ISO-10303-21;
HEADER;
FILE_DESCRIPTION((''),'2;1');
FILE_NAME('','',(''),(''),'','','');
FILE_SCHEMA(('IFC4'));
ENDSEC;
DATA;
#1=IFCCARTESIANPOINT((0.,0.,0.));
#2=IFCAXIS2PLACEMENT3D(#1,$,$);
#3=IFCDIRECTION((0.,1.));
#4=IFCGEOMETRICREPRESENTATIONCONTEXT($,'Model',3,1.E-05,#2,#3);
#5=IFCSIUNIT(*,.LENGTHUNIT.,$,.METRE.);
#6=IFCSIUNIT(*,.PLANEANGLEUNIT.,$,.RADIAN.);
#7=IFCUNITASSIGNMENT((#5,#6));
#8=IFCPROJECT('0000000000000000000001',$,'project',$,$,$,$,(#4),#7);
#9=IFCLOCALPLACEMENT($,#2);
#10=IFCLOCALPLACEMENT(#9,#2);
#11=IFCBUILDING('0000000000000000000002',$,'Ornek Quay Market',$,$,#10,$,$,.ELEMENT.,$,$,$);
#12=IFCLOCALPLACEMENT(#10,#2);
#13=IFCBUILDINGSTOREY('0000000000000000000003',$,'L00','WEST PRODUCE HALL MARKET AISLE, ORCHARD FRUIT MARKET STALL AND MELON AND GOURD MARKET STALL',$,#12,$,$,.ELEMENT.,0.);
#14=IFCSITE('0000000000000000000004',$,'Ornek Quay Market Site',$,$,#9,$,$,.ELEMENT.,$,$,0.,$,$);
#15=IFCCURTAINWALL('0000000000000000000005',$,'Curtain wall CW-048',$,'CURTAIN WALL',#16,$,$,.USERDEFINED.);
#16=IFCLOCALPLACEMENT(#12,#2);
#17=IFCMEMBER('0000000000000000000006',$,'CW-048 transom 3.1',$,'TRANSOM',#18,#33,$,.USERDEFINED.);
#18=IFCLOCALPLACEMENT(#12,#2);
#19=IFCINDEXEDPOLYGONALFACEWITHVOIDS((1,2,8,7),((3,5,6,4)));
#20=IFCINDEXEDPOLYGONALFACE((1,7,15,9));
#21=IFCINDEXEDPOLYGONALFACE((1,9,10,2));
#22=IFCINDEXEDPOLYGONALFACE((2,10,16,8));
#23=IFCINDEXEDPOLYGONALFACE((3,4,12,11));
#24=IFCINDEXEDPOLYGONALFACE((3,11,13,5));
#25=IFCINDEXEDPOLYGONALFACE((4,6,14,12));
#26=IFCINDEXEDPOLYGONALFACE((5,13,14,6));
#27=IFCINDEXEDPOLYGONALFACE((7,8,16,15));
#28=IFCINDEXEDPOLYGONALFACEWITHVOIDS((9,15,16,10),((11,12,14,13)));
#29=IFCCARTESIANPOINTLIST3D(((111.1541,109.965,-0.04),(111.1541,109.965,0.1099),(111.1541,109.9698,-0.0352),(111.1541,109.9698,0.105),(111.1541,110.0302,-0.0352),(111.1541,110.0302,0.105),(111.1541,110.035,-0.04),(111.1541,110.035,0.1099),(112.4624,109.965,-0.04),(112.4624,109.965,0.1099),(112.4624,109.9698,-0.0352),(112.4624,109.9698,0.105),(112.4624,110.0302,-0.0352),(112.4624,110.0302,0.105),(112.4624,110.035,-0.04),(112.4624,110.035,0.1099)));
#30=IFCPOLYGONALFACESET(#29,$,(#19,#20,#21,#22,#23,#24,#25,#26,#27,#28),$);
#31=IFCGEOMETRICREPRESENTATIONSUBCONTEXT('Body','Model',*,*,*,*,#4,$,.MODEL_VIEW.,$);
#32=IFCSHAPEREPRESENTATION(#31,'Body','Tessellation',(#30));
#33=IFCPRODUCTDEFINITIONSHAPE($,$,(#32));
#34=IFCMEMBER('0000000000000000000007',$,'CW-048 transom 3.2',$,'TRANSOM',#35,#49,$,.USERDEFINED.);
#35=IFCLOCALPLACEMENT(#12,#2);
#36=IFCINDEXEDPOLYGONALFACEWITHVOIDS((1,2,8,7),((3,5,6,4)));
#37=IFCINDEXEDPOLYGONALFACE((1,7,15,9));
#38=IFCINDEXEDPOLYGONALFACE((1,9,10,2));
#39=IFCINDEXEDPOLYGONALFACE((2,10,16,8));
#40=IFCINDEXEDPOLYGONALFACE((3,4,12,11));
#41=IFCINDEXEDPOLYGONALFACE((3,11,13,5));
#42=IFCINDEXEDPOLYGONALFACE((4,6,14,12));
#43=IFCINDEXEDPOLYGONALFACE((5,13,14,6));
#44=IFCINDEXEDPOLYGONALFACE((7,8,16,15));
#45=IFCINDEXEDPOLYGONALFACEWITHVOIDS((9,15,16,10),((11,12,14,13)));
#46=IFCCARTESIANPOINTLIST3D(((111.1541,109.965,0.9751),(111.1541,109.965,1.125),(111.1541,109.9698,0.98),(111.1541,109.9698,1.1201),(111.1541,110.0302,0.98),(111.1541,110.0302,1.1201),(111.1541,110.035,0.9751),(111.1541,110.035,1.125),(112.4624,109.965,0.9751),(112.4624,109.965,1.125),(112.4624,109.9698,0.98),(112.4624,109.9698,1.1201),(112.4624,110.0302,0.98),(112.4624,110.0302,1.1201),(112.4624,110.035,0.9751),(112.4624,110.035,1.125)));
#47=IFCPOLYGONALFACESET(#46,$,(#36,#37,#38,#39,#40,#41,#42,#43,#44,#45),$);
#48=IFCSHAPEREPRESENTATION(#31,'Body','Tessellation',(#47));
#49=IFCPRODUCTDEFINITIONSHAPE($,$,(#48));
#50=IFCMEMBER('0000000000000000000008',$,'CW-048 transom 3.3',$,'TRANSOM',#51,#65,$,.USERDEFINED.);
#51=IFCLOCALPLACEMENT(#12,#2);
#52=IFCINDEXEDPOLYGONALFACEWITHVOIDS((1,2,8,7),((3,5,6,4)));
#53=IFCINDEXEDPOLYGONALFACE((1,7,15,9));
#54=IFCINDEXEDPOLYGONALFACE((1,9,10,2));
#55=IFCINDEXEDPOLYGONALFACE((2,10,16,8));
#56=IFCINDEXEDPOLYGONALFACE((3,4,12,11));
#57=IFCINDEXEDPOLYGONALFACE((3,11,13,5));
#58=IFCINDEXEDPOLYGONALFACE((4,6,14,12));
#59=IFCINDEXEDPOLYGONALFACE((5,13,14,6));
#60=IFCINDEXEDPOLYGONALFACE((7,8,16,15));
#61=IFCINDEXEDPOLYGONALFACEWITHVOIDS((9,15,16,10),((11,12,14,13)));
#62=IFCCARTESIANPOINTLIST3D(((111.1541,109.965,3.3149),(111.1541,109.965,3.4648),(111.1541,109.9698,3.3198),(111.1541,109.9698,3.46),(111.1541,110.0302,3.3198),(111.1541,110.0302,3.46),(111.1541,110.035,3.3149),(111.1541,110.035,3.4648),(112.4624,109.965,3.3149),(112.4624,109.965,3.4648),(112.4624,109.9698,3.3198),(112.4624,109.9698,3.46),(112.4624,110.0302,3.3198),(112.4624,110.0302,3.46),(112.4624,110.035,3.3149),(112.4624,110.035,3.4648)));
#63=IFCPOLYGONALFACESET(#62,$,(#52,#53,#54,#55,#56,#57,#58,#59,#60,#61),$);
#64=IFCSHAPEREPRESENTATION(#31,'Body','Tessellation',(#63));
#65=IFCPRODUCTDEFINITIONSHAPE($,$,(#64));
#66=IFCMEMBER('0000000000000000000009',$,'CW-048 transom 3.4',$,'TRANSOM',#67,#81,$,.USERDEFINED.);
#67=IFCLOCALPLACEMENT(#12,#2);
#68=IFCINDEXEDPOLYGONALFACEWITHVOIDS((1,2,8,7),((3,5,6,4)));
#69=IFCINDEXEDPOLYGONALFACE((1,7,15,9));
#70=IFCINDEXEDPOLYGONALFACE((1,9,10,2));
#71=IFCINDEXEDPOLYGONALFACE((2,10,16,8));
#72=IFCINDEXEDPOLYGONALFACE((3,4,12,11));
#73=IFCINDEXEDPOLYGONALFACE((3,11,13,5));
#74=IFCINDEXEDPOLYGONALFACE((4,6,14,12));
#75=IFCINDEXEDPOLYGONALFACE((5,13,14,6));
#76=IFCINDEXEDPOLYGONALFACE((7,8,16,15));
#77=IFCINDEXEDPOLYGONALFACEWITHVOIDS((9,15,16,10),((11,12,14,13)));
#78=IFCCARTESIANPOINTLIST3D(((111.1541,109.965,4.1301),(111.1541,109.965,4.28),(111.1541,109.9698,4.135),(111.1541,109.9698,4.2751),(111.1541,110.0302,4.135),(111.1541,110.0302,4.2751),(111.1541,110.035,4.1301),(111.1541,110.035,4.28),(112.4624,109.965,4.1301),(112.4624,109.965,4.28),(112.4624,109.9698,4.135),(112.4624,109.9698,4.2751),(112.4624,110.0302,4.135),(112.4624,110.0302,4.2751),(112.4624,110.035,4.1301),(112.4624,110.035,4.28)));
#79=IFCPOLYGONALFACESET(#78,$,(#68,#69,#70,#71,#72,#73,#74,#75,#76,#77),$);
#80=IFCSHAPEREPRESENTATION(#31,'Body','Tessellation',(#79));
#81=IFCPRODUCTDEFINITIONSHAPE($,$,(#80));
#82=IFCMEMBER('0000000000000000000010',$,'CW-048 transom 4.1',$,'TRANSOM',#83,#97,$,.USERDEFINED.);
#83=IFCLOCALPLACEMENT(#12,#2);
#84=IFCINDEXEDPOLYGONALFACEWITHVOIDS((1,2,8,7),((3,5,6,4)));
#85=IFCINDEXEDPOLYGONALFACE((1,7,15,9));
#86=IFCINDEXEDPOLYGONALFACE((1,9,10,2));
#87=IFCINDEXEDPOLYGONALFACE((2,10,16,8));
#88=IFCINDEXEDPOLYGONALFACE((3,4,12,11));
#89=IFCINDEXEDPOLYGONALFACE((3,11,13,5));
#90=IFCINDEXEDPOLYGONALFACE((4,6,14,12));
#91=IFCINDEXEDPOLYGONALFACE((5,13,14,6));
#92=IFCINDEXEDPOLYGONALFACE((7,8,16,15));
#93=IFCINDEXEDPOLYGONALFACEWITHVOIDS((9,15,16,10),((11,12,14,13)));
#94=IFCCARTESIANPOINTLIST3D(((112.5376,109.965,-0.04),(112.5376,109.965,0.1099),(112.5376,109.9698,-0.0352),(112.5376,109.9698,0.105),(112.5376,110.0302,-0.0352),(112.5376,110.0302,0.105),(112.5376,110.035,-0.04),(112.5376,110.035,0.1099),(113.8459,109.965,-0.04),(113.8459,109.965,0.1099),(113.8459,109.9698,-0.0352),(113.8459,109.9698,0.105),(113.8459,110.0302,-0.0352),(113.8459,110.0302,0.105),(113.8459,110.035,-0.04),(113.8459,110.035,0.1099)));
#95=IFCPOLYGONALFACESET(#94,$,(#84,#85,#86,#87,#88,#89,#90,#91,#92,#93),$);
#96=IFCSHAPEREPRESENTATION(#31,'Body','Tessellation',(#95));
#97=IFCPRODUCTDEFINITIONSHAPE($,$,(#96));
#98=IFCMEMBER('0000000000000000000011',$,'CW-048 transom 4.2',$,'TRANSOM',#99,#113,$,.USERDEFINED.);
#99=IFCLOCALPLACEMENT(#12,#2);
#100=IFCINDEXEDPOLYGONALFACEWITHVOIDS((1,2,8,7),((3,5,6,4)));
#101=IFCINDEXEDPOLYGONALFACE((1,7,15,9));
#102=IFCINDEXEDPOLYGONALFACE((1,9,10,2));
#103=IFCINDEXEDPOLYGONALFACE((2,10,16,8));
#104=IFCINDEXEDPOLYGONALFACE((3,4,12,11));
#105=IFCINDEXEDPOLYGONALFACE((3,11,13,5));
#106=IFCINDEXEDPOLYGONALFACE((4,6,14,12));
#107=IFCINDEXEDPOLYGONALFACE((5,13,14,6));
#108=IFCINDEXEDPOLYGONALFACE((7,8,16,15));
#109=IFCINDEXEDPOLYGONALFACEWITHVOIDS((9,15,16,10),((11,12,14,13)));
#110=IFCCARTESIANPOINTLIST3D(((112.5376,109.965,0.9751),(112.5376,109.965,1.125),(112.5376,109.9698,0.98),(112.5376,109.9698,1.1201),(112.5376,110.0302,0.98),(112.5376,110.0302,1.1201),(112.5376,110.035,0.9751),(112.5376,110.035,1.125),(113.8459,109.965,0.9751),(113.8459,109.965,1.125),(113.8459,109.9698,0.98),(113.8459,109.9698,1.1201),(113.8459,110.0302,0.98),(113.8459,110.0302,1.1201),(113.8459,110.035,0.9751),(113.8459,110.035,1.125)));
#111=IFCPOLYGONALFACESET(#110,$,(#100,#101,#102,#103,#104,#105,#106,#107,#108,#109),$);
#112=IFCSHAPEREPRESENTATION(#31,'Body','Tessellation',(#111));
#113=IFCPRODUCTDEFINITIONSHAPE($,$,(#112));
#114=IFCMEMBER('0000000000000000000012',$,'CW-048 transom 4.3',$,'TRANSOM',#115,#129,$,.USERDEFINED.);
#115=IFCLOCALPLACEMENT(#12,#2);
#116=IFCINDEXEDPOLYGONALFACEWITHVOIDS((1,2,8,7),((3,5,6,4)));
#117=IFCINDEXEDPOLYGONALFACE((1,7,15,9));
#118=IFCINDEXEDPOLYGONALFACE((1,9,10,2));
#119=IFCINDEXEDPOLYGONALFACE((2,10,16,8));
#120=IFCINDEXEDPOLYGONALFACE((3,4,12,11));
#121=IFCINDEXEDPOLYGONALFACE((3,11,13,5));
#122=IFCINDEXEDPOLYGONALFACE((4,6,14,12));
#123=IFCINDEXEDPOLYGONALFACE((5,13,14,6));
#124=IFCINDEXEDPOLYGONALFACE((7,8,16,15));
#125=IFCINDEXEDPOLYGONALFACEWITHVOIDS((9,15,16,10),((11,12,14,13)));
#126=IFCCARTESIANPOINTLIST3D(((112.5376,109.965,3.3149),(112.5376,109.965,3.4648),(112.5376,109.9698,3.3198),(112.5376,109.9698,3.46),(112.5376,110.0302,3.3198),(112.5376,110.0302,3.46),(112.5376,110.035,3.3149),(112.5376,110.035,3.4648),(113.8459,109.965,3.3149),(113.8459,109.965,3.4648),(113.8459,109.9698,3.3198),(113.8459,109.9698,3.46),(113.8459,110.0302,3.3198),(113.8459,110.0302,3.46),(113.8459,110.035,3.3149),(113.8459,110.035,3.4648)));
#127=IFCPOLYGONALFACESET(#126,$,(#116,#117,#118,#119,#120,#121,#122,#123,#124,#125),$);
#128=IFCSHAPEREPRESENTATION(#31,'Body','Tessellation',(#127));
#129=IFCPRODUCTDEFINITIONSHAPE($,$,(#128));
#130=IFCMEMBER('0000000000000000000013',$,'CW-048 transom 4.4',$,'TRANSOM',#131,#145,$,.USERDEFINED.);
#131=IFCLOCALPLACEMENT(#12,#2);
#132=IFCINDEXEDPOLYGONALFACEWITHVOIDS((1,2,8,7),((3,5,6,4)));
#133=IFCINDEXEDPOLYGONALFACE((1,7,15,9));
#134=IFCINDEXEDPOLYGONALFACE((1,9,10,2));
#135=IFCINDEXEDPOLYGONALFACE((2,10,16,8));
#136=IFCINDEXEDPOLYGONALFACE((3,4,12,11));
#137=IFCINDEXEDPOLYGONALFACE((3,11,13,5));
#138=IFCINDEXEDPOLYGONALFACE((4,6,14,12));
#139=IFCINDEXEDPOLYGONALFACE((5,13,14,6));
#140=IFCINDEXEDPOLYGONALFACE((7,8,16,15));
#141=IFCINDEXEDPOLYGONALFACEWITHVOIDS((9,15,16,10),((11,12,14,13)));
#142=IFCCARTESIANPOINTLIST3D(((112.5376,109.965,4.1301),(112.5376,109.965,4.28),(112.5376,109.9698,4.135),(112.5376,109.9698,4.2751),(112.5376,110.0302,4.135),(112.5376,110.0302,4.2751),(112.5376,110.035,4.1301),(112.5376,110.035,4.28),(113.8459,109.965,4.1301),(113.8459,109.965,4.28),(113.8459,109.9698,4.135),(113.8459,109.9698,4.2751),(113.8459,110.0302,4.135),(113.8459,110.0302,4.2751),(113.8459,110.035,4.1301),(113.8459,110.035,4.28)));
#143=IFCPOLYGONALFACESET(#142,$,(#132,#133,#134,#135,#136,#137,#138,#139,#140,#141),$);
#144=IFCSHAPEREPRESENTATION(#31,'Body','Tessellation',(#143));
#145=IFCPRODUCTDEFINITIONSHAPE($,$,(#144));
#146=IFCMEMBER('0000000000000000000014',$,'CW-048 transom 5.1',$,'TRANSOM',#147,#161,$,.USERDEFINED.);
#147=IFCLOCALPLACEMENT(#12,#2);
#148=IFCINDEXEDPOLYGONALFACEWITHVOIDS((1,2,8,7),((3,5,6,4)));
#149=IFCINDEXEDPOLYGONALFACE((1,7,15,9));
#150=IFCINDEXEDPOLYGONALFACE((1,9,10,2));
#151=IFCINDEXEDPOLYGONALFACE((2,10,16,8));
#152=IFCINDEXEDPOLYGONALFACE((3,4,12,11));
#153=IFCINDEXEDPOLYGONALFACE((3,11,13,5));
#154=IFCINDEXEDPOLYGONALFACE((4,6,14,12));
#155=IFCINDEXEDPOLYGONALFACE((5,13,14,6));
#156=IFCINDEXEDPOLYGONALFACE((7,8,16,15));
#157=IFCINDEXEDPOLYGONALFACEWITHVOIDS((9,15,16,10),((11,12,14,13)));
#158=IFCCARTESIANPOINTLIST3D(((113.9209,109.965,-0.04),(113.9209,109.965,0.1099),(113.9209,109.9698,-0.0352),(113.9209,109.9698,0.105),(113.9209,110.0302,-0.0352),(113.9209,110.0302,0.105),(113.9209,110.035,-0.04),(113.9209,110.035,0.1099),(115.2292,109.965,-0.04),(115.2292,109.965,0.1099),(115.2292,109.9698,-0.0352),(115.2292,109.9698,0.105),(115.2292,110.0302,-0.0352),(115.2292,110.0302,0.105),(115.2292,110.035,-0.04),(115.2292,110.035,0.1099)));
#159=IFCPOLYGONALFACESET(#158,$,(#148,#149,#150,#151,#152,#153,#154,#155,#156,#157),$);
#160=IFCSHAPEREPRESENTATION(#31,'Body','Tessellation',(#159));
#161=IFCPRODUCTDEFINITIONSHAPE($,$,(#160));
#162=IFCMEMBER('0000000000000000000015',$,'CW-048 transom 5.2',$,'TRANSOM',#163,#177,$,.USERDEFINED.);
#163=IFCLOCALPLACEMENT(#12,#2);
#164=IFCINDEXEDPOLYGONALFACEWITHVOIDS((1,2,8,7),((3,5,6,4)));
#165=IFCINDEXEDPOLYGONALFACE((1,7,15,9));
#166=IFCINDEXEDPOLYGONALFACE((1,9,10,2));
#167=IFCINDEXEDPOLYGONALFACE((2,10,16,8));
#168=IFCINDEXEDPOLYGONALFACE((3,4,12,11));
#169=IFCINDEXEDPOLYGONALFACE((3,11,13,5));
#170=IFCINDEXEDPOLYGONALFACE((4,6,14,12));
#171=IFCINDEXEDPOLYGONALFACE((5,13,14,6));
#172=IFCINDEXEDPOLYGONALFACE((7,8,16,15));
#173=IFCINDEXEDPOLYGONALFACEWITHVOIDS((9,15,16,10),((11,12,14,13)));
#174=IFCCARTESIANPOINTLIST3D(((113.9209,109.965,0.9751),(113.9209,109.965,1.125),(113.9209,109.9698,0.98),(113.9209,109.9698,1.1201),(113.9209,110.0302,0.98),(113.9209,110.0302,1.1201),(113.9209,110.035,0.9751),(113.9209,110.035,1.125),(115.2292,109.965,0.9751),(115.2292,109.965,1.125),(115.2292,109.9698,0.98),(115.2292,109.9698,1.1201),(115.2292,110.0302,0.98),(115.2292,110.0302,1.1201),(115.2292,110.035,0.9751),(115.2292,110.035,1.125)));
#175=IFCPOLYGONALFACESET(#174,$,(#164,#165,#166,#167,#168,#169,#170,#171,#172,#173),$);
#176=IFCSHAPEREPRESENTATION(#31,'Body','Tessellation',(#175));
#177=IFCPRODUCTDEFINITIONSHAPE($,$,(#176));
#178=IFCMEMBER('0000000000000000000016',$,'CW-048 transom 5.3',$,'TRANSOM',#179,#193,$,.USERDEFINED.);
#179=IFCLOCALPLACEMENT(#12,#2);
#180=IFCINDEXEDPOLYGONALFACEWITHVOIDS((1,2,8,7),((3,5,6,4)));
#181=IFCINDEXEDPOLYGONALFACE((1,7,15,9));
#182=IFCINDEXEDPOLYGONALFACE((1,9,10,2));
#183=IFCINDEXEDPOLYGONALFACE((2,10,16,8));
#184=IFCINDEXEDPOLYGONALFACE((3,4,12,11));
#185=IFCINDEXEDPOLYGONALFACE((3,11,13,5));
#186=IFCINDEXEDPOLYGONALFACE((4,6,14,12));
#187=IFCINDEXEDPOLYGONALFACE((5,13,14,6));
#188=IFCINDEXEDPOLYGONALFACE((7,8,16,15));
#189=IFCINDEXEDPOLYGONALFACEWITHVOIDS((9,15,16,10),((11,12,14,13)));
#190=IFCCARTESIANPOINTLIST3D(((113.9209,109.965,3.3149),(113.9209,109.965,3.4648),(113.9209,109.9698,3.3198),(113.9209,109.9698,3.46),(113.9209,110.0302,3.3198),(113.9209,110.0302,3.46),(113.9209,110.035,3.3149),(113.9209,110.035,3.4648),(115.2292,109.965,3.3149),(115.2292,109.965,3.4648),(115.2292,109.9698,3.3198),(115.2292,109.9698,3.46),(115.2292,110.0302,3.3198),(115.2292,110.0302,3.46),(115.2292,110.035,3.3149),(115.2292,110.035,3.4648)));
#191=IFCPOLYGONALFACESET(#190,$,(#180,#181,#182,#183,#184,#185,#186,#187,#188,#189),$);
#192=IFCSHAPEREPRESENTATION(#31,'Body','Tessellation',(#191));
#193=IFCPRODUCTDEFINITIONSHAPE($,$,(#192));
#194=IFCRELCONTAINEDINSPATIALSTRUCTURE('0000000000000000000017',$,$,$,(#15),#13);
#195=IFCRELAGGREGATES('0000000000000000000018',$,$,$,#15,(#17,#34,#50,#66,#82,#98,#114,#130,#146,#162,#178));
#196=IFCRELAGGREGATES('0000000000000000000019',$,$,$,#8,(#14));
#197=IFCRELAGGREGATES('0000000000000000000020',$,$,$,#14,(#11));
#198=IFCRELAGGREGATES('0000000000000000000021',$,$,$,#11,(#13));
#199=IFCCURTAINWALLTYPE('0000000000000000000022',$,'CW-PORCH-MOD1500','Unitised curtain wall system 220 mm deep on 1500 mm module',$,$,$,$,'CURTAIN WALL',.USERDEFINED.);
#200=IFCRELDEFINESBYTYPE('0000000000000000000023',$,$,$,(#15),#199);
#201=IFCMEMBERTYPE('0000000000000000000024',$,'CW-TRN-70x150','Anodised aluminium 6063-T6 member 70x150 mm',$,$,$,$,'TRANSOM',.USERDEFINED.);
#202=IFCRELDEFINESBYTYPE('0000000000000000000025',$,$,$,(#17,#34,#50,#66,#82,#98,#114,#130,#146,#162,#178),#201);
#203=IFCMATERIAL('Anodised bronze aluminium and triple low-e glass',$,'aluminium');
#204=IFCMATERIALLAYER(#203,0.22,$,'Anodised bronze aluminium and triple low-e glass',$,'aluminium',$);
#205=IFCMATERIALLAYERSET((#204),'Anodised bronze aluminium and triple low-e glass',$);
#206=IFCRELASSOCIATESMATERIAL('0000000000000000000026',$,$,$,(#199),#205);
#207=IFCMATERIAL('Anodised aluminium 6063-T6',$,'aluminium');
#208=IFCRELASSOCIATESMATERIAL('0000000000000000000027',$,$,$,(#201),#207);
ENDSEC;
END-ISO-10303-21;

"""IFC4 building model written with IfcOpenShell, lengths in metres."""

from ifc_helpers import new_model, si_unit, direction, frame, origin, origin_2d, place, context, subcontext, project, spatial, hollow_rectangle, extrude, material, layer, layer_set, material_profile, profile_set, type_object, element, aggregate, save


model = new_model("IFC4")

# Units and contexts
model_context = context("Model", 3, precision=1e-05, world=origin(), true_north=direction((0.0, 1.0)))
body_context = subcontext(model_context, "Body", "Model", "MODEL_VIEW")
ifc_project = project(units=[si_unit("LENGTHUNIT", "METRE"), si_unit("PLANEANGLEUNIT", "RADIAN")], contexts=[model_context])

# Site, building, storey
site_placement = place(None, origin())
site = spatial("IfcSite", under=ifc_project, at=site_placement, Name="Ornek Quay Market Site", CompositionType="ELEMENT", RefElevation=0.0)
building_placement = place(site_placement, origin())
building = spatial("IfcBuilding", under=site, at=building_placement, Name="Ornek Quay Market", CompositionType="ELEMENT")
storey_placement = place(building_placement, origin())
storey = spatial("IfcBuildingStorey", under=building, at=storey_placement, Name="L00", Description="WEST PRODUCE HALL MARKET AISLE, ORCHARD FRUIT MARKET STALL AND MELON AND GOURD MARKET STALL", CompositionType="ELEMENT", Elevation=0.0)

# Shared definitions
ifc_material_1 = material(Name="Anodised bronze aluminium and triple low-e glass", Category="aluminium")
ifc_layer_1 = layer(ifc_material_1, 0.22, Name="Anodised bronze aluminium and triple low-e glass", Category="aluminium")
ifc_layer_set_1 = layer_set([ifc_layer_1], Name="Anodised bronze aluminium and triple low-e glass")
curtain_wall_type = type_object("IfcCurtainWallType", Name="CW-PORCH-MOD1500", Description="Unitised curtain wall system 220 mm deep on 1500 mm module", ElementType="CURTAIN WALL", PredefinedType="USERDEFINED", material=ifc_layer_set_1)
ifc_material_2 = material(Name="Anodised aluminium 6063-T6", Category="aluminium")

# Curtain wall, members
curtain_wall_1_placement = place(storey_placement, origin())
curtain_wall_1 = element("IfcCurtainWall", 1, at=curtain_wall_1_placement, inside=storey, type_object=curtain_wall_type, Name="Curtain wall CW-048", ObjectType="CURTAIN WALL", PredefinedType="USERDEFINED")
ifc_material_profile_1 = material_profile(ifc_material_2, hollow_rectangle(XDim=0.0701, YDim=0.1499, WallThickness=0.0049, at=origin_2d()), Name="CW-TRN-70x150", Category="aluminium")
ifc_profile_set_1 = profile_set([ifc_material_profile_1], Name="Anodised aluminium 6063-T6")
member_type_1 = type_object("IfcMemberType", Name="CW-TRN-70x150", Description="Anodised aluminium 6063-T6 member 70x150 mm", ElementType="TRANSOM", PredefinedType="USERDEFINED", material=ifc_profile_set_1)
member_1_placement = place(storey_placement, frame((111.1541, 110.0, 0.0349), z_axis=(1.0, 0.0, 0.0), x_axis=(0.0, 1.0, 0.0)))
member_1 = element("IfcMember", 2, at=member_1_placement, type_object=member_type_1, Name="CW-048 transom 3.1", ObjectType="TRANSOM", PredefinedType="USERDEFINED", context=body_context, shape_type="SweptSolid", body=[
    extrude(hollow_rectangle(XDim=0.0701, YDim=0.1499, WallThickness=0.0049, at=origin_2d()), origin(), (0.0, 0.0, 1.0), 1.3083),
])
member_2_placement = place(storey_placement, frame((111.1541, 110.0, 1.05), z_axis=(1.0, 0.0, 0.0), x_axis=(0.0, 1.0, 0.0)))
member_2 = element("IfcMember", 3, at=member_2_placement, type_object=member_type_1, Name="CW-048 transom 3.2", ObjectType="TRANSOM", PredefinedType="USERDEFINED", context=body_context, shape_type="SweptSolid", body=[
    extrude(hollow_rectangle(XDim=0.0701, YDim=0.1499, WallThickness=0.0049, at=origin_2d()), origin(), (0.0, 0.0, 1.0), 1.3083),
])
member_3_placement = place(storey_placement, frame((111.1541, 110.0, 3.3899), z_axis=(1.0, 0.0, 0.0), x_axis=(0.0, 1.0, 0.0)))
member_3 = element("IfcMember", 4, at=member_3_placement, type_object=member_type_1, Name="CW-048 transom 3.3", ObjectType="TRANSOM", PredefinedType="USERDEFINED", context=body_context, shape_type="SweptSolid", body=[
    extrude(hollow_rectangle(XDim=0.0701, YDim=0.1499, WallThickness=0.0049, at=origin_2d()), origin(), (0.0, 0.0, 1.0), 1.3083),
])
member_4_placement = place(storey_placement, frame((111.1541, 110.0, 4.2051), z_axis=(1.0, 0.0, 0.0), x_axis=(0.0, 1.0, 0.0)))
member_4 = element("IfcMember", 5, at=member_4_placement, type_object=member_type_1, Name="CW-048 transom 3.4", ObjectType="TRANSOM", PredefinedType="USERDEFINED", context=body_context, shape_type="SweptSolid", body=[
    extrude(hollow_rectangle(XDim=0.0701, YDim=0.1499, WallThickness=0.0049, at=origin_2d()), origin(), (0.0, 0.0, 1.0), 1.3083),
])
member_5_placement = place(storey_placement, frame((112.5376, 110.0, 0.0349), z_axis=(1.0, 0.0, 0.0), x_axis=(0.0, 1.0, 0.0)))
member_5 = element("IfcMember", 6, at=member_5_placement, type_object=member_type_1, Name="CW-048 transom 4.1", ObjectType="TRANSOM", PredefinedType="USERDEFINED", context=body_context, shape_type="SweptSolid", body=[
    extrude(hollow_rectangle(XDim=0.0701, YDim=0.1499, WallThickness=0.0049, at=origin_2d()), origin(), (0.0, 0.0, 1.0), 1.3083),
])
member_6_placement = place(storey_placement, frame((112.5376, 110.0, 1.05), z_axis=(1.0, 0.0, 0.0), x_axis=(0.0, 1.0, 0.0)))
member_6 = element("IfcMember", 7, at=member_6_placement, type_object=member_type_1, Name="CW-048 transom 4.2", ObjectType="TRANSOM", PredefinedType="USERDEFINED", context=body_context, shape_type="SweptSolid", body=[
    extrude(hollow_rectangle(XDim=0.0701, YDim=0.1499, WallThickness=0.0049, at=origin_2d()), origin(), (0.0, 0.0, 1.0), 1.3083),
])
member_7_placement = place(storey_placement, frame((112.5376, 110.0, 3.3899), z_axis=(1.0, 0.0, 0.0), x_axis=(0.0, 1.0, 0.0)))
member_7 = element("IfcMember", 8, at=member_7_placement, type_object=member_type_1, Name="CW-048 transom 4.3", ObjectType="TRANSOM", PredefinedType="USERDEFINED", context=body_context, shape_type="SweptSolid", body=[
    extrude(hollow_rectangle(XDim=0.0701, YDim=0.1499, WallThickness=0.0049, at=origin_2d()), origin(), (0.0, 0.0, 1.0), 1.3083),
])
member_8_placement = place(storey_placement, frame((112.5376, 110.0, 4.2051), z_axis=(1.0, 0.0, 0.0), x_axis=(0.0, 1.0, 0.0)))
member_8 = element("IfcMember", 9, at=member_8_placement, type_object=member_type_1, Name="CW-048 transom 4.4", ObjectType="TRANSOM", PredefinedType="USERDEFINED", context=body_context, shape_type="SweptSolid", body=[
    extrude(hollow_rectangle(XDim=0.0701, YDim=0.1499, WallThickness=0.0049, at=origin_2d()), origin(), (0.0, 0.0, 1.0), 1.3083),
])
member_9_placement = place(storey_placement, frame((113.9209, 110.0, 0.0349), z_axis=(1.0, 0.0, 0.0), x_axis=(0.0, 1.0, 0.0)))
member_9 = element("IfcMember", 10, at=member_9_placement, type_object=member_type_1, Name="CW-048 transom 5.1", ObjectType="TRANSOM", PredefinedType="USERDEFINED", context=body_context, shape_type="SweptSolid", body=[
    extrude(hollow_rectangle(XDim=0.0701, YDim=0.1499, WallThickness=0.0049, at=origin_2d()), origin(), (0.0, 0.0, 1.0), 1.3083),
])
member_10_placement = place(storey_placement, frame((113.9209, 110.0, 1.05), z_axis=(1.0, 0.0, 0.0), x_axis=(0.0, 1.0, 0.0)))
member_10 = element("IfcMember", 11, at=member_10_placement, type_object=member_type_1, Name="CW-048 transom 5.2", ObjectType="TRANSOM", PredefinedType="USERDEFINED", context=body_context, shape_type="SweptSolid", body=[
    extrude(hollow_rectangle(XDim=0.0701, YDim=0.1499, WallThickness=0.0049, at=origin_2d()), origin(), (0.0, 0.0, 1.0), 1.3083),
])
member_11_placement = place(storey_placement, frame((113.9209, 110.0, 3.3899), z_axis=(1.0, 0.0, 0.0), x_axis=(0.0, 1.0, 0.0)))
member_11 = element("IfcMember", 12, at=member_11_placement, type_object=member_type_1, Name="CW-048 transom 5.3", ObjectType="TRANSOM", PredefinedType="USERDEFINED", context=body_context, shape_type="SweptSolid", body=[
    extrude(hollow_rectangle(XDim=0.0701, YDim=0.1499, WallThickness=0.0049, at=origin_2d()), origin(), (0.0, 0.0, 1.0), 1.3083),
])

aggregate(curtain_wall_1, [member_1, member_2, member_3, member_4, member_5, member_6, member_7, member_8, member_9, member_10, member_11])

save(model, "model.ifc")
